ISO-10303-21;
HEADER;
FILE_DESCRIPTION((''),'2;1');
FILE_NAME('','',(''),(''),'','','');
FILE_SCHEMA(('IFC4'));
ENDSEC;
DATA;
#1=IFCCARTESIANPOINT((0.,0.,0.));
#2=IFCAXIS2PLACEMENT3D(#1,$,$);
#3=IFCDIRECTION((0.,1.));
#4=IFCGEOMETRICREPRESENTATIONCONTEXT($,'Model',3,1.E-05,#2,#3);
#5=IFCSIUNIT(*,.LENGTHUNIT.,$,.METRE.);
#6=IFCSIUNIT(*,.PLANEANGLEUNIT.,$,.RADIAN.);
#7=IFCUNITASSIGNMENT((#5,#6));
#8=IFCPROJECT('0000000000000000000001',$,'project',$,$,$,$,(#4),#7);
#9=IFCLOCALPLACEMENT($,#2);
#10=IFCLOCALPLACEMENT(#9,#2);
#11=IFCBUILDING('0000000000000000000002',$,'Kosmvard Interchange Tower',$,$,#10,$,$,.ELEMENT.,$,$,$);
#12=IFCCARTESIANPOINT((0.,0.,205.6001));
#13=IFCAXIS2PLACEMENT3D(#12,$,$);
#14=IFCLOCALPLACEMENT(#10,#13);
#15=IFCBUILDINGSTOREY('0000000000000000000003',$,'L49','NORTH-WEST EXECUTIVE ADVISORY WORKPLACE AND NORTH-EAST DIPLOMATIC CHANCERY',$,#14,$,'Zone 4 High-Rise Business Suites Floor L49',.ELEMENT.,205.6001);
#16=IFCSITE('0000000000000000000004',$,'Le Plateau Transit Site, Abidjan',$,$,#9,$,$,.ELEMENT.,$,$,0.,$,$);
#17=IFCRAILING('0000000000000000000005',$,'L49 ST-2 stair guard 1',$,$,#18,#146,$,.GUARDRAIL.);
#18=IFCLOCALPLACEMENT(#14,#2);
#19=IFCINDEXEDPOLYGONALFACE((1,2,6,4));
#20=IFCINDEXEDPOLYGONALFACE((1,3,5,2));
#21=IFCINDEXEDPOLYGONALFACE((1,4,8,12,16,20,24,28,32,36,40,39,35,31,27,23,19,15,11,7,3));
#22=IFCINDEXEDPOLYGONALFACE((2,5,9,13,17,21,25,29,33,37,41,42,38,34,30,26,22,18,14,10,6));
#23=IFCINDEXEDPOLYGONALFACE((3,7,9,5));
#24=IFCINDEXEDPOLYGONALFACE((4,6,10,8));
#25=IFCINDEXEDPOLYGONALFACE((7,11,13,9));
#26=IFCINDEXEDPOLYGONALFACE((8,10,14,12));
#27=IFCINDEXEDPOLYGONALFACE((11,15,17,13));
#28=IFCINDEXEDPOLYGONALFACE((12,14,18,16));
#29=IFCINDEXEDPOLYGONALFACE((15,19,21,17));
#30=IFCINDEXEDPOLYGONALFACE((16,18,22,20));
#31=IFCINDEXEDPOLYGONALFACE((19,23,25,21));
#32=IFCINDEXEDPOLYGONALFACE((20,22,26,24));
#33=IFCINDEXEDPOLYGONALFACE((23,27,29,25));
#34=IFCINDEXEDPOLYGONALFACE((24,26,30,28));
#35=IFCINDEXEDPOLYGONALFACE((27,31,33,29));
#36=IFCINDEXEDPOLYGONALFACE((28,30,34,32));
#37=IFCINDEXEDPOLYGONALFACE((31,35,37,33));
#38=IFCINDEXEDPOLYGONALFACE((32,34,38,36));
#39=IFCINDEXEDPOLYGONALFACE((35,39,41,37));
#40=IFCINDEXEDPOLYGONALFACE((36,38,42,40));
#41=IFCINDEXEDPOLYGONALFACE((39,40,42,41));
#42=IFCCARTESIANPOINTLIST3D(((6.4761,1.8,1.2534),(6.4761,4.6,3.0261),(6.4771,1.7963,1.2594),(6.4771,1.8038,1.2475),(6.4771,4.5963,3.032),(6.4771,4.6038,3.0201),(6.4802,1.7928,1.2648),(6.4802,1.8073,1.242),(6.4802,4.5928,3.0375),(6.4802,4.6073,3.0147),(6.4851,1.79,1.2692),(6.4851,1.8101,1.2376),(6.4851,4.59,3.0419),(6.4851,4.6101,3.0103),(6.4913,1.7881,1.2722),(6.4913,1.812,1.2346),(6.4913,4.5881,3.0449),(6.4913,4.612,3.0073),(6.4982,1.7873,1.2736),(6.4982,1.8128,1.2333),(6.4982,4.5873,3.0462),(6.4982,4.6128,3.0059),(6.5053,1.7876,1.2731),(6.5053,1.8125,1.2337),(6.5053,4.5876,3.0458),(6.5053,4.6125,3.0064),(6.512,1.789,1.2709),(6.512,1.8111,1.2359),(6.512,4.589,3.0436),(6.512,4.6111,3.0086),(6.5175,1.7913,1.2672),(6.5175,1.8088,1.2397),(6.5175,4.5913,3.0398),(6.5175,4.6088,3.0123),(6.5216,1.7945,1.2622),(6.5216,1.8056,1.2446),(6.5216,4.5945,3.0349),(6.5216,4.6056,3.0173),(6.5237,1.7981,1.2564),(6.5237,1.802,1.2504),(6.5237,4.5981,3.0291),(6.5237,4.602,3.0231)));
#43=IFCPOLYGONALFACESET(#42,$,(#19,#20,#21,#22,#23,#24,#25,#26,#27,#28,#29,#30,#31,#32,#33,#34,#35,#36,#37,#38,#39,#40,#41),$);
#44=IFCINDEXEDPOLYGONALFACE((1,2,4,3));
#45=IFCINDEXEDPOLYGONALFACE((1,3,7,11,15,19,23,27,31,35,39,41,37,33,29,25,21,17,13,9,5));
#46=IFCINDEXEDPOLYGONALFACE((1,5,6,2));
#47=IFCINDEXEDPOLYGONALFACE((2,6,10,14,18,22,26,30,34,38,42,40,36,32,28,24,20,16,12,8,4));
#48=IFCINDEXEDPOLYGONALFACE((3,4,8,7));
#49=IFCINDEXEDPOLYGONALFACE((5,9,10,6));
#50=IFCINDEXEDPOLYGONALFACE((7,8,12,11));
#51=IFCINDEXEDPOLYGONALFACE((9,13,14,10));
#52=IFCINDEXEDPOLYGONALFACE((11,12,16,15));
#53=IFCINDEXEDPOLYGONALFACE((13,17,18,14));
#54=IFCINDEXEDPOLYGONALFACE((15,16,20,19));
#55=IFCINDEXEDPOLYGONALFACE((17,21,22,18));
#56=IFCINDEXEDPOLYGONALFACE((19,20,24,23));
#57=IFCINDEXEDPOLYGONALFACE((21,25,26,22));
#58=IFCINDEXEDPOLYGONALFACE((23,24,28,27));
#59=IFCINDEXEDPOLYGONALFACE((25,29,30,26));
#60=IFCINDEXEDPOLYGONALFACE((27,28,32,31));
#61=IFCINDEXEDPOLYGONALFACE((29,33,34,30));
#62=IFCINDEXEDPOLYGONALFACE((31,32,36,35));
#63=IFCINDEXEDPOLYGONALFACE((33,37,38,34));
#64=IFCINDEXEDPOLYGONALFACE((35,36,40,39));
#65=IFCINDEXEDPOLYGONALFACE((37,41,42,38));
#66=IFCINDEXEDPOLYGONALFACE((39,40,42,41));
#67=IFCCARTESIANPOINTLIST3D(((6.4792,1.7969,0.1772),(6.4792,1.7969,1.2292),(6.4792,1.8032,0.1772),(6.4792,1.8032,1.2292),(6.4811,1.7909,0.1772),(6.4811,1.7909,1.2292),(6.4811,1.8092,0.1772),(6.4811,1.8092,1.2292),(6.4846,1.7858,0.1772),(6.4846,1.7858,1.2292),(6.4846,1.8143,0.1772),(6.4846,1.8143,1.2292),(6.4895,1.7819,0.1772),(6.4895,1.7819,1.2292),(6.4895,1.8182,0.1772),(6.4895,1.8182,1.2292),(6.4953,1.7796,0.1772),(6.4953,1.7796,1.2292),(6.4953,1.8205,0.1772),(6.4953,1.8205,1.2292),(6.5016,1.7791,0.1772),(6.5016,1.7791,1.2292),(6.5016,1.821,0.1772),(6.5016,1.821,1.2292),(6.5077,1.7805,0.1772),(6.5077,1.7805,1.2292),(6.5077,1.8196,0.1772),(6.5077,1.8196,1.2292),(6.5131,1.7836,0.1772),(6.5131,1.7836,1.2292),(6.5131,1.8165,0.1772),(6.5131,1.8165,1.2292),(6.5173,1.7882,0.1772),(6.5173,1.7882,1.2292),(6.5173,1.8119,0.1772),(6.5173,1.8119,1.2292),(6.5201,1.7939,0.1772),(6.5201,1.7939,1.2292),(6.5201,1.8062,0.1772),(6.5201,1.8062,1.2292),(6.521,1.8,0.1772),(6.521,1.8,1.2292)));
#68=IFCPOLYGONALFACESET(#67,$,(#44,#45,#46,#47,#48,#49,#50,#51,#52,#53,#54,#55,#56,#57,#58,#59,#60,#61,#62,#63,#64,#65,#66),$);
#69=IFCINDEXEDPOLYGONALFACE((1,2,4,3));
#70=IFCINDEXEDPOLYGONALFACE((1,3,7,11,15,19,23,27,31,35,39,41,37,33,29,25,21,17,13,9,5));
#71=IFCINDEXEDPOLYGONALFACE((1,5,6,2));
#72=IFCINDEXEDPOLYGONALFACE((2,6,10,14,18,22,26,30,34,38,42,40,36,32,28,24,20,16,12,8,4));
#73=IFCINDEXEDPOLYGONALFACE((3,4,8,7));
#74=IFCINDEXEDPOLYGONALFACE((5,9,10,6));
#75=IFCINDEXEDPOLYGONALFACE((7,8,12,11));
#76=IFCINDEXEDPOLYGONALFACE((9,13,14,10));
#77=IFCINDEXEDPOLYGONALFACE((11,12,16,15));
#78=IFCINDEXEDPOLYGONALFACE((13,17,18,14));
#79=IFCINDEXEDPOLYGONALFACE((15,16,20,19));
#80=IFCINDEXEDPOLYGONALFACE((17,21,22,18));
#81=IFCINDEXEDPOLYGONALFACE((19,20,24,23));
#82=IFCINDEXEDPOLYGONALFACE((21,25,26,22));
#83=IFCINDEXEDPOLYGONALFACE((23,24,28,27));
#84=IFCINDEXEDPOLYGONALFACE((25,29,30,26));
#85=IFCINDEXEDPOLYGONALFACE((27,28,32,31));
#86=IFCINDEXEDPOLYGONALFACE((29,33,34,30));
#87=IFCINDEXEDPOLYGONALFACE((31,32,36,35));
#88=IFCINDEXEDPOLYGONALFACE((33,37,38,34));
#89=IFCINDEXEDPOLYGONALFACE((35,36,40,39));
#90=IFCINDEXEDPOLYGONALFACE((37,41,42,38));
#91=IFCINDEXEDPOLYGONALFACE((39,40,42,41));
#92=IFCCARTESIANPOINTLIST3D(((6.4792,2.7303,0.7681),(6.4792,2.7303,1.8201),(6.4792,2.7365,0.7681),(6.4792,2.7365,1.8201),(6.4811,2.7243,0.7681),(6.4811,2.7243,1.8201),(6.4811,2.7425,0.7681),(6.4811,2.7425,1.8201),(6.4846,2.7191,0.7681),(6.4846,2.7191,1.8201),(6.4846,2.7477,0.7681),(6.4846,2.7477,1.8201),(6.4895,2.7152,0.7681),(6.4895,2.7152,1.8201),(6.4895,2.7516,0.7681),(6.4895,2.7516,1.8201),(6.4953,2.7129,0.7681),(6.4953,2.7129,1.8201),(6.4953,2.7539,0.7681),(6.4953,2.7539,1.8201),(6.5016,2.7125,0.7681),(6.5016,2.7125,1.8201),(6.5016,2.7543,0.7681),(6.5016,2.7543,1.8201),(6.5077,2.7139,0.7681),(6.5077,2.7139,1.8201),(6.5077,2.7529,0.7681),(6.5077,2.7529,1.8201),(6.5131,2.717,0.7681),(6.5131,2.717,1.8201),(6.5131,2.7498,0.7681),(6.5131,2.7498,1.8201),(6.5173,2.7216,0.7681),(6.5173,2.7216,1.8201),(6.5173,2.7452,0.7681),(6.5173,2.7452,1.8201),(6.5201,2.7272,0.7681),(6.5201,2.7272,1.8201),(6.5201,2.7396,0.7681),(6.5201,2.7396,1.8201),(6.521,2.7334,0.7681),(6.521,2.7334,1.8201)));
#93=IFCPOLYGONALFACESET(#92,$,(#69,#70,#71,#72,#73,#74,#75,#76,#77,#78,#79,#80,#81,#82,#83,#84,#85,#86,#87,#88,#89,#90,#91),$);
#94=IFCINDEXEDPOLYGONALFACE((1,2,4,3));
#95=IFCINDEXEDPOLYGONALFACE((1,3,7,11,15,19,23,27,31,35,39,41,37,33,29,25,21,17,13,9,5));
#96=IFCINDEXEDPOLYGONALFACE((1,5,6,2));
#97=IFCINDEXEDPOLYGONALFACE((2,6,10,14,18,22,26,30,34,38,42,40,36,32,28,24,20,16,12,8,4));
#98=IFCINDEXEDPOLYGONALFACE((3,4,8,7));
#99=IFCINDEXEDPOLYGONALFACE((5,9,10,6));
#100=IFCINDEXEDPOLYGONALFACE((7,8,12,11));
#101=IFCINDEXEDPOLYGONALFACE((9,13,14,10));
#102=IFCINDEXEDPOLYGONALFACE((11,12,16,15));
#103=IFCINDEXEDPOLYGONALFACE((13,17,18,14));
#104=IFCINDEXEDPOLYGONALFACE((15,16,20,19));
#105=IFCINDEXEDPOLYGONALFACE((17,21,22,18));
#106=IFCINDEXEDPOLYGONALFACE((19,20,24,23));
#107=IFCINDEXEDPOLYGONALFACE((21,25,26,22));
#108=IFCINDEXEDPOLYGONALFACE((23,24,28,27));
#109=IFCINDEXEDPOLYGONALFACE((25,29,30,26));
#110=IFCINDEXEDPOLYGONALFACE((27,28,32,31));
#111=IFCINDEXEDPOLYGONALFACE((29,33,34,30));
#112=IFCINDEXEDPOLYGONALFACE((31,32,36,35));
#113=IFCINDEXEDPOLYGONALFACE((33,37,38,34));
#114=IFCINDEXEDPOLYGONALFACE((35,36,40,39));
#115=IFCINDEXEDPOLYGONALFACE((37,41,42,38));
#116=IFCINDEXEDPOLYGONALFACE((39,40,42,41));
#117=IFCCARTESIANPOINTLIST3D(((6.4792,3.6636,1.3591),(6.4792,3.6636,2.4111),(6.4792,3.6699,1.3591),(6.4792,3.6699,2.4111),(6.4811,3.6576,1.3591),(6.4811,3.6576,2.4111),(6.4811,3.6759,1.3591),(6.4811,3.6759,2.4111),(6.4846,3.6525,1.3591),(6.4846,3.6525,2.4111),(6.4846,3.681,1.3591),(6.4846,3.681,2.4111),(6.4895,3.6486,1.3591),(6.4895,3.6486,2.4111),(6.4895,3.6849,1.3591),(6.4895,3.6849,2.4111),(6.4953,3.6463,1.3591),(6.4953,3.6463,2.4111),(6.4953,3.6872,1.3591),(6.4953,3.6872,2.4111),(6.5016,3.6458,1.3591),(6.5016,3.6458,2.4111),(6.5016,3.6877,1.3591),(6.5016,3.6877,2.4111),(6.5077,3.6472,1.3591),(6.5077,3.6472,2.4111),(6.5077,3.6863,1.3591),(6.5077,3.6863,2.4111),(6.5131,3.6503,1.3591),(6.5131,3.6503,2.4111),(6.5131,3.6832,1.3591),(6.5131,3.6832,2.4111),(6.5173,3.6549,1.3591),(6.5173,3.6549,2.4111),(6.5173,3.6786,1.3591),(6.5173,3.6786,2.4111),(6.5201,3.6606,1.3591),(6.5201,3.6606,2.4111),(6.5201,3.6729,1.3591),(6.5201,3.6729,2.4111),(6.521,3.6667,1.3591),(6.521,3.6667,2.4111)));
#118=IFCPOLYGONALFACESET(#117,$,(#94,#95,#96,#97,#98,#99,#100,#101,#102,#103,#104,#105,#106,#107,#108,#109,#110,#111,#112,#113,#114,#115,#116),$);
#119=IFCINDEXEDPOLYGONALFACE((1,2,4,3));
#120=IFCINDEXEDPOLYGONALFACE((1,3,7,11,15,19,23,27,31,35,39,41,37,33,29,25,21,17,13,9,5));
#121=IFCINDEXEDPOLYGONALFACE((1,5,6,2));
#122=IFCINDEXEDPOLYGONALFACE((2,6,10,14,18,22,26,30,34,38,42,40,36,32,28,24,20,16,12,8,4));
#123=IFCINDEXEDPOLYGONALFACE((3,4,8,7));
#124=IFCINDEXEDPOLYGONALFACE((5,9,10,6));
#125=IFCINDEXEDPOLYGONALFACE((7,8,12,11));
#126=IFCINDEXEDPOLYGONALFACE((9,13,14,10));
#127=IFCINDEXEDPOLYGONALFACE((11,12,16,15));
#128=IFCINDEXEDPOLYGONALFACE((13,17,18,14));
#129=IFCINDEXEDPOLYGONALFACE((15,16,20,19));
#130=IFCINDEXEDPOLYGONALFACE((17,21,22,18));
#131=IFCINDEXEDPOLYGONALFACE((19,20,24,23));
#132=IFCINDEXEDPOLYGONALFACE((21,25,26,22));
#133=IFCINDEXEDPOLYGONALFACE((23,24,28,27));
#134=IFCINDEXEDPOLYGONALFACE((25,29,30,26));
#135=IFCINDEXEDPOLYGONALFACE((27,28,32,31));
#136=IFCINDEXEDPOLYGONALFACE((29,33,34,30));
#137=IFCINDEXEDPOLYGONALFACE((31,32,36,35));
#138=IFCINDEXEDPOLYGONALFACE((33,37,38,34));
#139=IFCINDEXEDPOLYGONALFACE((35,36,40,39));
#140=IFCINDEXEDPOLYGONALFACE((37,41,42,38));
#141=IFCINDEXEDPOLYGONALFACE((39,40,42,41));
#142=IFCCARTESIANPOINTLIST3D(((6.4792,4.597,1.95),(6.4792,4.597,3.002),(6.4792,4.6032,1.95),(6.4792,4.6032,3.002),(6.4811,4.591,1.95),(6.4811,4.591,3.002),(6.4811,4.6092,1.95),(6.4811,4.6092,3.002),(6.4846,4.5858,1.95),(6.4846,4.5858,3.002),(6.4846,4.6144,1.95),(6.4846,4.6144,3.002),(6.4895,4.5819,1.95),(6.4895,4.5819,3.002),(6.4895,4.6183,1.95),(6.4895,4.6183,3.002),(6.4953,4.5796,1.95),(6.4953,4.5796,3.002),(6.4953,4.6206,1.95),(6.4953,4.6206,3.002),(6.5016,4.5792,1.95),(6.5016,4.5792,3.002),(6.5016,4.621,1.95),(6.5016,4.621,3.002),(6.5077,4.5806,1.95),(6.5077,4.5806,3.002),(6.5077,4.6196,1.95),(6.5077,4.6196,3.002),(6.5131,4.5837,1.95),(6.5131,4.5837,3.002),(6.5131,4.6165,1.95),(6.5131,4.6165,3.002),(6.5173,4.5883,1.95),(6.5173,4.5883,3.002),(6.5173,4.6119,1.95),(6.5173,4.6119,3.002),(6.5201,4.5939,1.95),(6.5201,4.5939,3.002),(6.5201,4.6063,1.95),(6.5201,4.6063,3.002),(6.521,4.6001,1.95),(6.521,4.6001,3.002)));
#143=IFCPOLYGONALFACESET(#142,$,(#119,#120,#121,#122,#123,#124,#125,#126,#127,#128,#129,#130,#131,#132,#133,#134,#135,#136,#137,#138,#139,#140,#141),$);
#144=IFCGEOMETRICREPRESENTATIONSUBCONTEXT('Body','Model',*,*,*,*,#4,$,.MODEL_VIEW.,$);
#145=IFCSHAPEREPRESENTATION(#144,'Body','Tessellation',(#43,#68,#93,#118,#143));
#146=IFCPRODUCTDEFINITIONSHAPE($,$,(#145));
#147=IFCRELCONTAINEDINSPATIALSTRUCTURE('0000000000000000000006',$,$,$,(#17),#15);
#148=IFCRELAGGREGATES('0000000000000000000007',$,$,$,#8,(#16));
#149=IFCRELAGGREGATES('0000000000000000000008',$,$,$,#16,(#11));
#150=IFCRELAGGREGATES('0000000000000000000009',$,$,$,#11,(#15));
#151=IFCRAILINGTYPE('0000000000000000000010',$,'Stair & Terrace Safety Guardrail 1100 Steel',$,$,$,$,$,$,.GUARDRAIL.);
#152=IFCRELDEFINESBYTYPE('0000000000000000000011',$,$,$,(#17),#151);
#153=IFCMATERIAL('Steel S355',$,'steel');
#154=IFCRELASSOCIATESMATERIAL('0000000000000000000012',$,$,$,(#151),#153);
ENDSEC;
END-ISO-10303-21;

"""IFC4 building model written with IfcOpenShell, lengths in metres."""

from ifc_helpers import new_model, si_unit, direction, frame, origin, origin_2d, place, context, subcontext, project, spatial, circle, extrude, source, transform, mapped, material, type_object, element, save


model = new_model("IFC4")

# Units and contexts
model_context = context("Model", 3, precision=1e-05, world=origin(), true_north=direction((0.0, 1.0)))
body_context = subcontext(model_context, "Body", "Model", "MODEL_VIEW")
ifc_project = project(units=[si_unit("LENGTHUNIT", "METRE"), si_unit("PLANEANGLEUNIT", "RADIAN")], contexts=[model_context])

# Site, building, storey
site_placement = place(None, origin())
site = spatial("IfcSite", under=ifc_project, at=site_placement, Name="Le Plateau Transit Site, Abidjan", CompositionType="ELEMENT", RefElevation=0.0)
building_placement = place(site_placement, origin())
building = spatial("IfcBuilding", under=site, at=building_placement, Name="Kosmvard Interchange Tower", CompositionType="ELEMENT")
storey_placement = place(building_placement, frame((0.0, 0.0, 205.6001)))
storey = spatial("IfcBuildingStorey", under=building, at=storey_placement, Name="L49", Description="NORTH-WEST EXECUTIVE ADVISORY WORKPLACE AND NORTH-EAST DIPLOMATIC CHANCERY", LongName="Zone 4 High-Rise Business Suites Floor L49", CompositionType="ELEMENT", Elevation=205.6001)

# Shared definitions
ifc_material_1 = material(Name="Steel S355", Category="steel")

# Railing
railing_type_1 = type_object("IfcRailingType", Name="Stair & Terrace Safety Guardrail 1100 Steel", PredefinedType="GUARDRAIL", material=ifc_material_1)
shared_shape_1 = source(origin(), body_context, "Body", "SweptSolid", [
    extrude(circle(Radius=0.0239, at=origin_2d()), frame((0.0, 0.0, 1.0762), z_axis=(0.0, 0.844909, 0.53491), x_axis=(-1.0, 0.0, 0.0)), (0.0, 0.0, 1.0), 3.314),
    extrude(circle(Radius=0.021, at=origin_2d()), origin(), (0.0, 0.0, 1.0), 1.052),
    extrude(circle(Radius=0.021, at=origin_2d()), frame((0.0, 0.9333, 0.5908)), (0.0, 0.0, 1.0), 1.052),
    extrude(circle(Radius=0.021, at=origin_2d()), frame((0.0, 1.8667, 1.1819)), (0.0, 0.0, 1.0), 1.052),
    extrude(circle(Radius=0.021, at=origin_2d()), frame((0.0, 2.8, 1.7727)), (0.0, 0.0, 1.0), 1.052),
])
railing_1_placement = place(storey_placement, frame((6.5, 1.8, 0.1772)))
element("IfcRailing", 1, at=railing_1_placement, inside=storey, type_object=railing_type_1, Name="L49 ST-2 stair guard 1", PredefinedType="GUARDRAIL", context=body_context, shape_type="MappedRepresentation", body=[
    mapped(shared_shape_1, transform((0.0, 0.0, 0.0), scale=1.0)),
])

save(model, "model.ifc")
